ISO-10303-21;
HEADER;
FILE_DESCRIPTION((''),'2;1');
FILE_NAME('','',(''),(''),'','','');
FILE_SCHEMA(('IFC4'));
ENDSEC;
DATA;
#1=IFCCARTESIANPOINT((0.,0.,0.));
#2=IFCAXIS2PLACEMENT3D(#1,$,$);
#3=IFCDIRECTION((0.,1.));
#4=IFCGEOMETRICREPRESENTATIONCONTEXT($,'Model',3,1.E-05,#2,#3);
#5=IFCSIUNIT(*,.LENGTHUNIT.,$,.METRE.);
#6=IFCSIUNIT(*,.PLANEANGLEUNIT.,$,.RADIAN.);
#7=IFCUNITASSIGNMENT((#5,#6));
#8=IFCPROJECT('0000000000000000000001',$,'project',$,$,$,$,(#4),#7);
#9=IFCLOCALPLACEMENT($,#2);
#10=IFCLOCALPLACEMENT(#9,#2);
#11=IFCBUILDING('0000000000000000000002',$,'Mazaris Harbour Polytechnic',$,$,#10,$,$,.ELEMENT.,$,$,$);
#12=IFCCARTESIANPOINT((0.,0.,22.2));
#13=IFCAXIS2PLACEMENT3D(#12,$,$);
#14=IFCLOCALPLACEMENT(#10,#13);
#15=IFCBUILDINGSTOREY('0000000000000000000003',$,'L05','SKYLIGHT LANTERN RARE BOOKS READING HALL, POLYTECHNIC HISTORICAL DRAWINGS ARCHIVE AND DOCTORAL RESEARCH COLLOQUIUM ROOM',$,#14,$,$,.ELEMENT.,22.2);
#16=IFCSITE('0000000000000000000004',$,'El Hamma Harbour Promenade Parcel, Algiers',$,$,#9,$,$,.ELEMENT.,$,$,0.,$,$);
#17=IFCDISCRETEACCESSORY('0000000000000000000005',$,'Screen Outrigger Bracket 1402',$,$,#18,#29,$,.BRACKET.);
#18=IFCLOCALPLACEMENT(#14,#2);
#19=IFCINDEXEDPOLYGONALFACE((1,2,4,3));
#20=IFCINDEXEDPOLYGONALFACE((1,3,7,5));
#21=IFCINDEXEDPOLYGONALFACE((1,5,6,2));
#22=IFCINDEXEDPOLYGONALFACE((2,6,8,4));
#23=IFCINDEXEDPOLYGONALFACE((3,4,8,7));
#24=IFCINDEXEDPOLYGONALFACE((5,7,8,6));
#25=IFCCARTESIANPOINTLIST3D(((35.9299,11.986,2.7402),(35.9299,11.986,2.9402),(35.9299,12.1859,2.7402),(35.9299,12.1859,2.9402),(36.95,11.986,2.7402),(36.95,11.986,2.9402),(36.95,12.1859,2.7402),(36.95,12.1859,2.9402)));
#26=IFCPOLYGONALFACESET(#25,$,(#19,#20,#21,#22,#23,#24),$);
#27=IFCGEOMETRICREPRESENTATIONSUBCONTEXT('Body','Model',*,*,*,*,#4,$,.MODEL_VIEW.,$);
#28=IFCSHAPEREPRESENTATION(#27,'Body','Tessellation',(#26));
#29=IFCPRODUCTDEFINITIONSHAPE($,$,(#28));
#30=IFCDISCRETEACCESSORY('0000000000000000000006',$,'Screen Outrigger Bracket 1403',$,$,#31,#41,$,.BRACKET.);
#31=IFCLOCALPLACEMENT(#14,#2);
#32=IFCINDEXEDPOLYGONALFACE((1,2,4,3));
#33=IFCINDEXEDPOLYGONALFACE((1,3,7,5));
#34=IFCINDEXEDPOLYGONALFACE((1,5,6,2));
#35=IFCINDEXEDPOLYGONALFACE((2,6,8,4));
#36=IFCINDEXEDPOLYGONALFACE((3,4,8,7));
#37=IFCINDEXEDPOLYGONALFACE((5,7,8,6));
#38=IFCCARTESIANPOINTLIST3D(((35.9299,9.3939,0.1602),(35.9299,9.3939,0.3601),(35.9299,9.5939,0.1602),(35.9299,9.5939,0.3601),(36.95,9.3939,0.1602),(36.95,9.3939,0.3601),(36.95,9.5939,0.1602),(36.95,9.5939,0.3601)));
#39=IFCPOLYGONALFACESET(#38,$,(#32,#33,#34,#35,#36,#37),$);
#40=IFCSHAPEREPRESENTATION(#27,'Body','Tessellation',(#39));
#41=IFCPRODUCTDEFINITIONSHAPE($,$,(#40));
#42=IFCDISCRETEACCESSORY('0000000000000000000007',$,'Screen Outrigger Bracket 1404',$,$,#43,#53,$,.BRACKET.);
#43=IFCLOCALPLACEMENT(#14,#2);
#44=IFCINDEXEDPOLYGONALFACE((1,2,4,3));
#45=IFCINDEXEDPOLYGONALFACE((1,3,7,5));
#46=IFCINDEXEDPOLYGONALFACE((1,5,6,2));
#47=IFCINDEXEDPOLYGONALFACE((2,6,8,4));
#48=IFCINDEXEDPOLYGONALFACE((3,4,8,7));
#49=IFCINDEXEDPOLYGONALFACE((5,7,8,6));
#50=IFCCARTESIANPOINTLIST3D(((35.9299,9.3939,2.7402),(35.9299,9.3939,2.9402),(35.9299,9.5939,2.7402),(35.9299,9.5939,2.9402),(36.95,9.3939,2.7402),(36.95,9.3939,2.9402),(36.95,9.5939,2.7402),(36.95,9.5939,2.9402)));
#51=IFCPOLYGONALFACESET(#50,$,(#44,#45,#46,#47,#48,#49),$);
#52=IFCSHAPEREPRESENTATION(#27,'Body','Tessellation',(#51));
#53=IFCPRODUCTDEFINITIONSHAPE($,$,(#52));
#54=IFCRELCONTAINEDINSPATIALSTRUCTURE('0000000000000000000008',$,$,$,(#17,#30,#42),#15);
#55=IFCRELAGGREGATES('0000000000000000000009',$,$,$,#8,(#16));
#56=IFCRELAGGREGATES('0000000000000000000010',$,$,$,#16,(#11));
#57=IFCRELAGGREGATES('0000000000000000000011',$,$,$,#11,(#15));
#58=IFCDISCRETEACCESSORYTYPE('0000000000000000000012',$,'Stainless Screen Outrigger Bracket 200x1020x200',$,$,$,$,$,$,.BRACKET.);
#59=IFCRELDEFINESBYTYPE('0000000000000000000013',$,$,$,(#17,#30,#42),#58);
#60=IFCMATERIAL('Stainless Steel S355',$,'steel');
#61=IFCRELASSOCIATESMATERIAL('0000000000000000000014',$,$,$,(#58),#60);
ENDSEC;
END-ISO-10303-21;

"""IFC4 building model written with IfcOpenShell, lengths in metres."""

from ifc_helpers import new_model, si_unit, direction, frame, origin, origin_2d, place, context, subcontext, project, spatial, rectangle, extrude, material, type_object, element, save


model = new_model("IFC4")

# Units and contexts
model_context = context("Model", 3, precision=1e-05, world=origin(), true_north=direction((0.0, 1.0)))
body_context = subcontext(model_context, "Body", "Model", "MODEL_VIEW")
ifc_project = project(units=[si_unit("LENGTHUNIT", "METRE"), si_unit("PLANEANGLEUNIT", "RADIAN")], contexts=[model_context])

# Site, building, storey
site_placement = place(None, origin())
site = spatial("IfcSite", under=ifc_project, at=site_placement, Name="El Hamma Harbour Promenade Parcel, Algiers", CompositionType="ELEMENT", RefElevation=0.0)
building_placement = place(site_placement, origin())
building = spatial("IfcBuilding", under=site, at=building_placement, Name="Mazaris Harbour Polytechnic", CompositionType="ELEMENT")
storey_placement = place(building_placement, frame((0.0, 0.0, 22.2)))
storey = spatial("IfcBuildingStorey", under=building, at=storey_placement, Name="L05", Description="SKYLIGHT LANTERN RARE BOOKS READING HALL, POLYTECHNIC HISTORICAL DRAWINGS ARCHIVE AND DOCTORAL RESEARCH COLLOQUIUM ROOM", CompositionType="ELEMENT", Elevation=22.2)

# Discrete accessories
ifc_material_1 = material(Name="Stainless Steel S355", Category="steel")
discrete_accessory_type = type_object("IfcDiscreteAccessoryType", Name="Stainless Screen Outrigger Bracket 200x1020x200", PredefinedType="BRACKET", material=ifc_material_1)
for number, where, z_axis, x_axis, name in (
    (1, (36.4399, 12.0859, 2.7402), (0.0, 0.0, 1.0), (0.0, -1.0, 0.0), "Screen Outrigger Bracket 1402"),
    (2, (36.4399, 9.4939, 0.1602), (0.0, 0.0, 1.0), (0.0, -1.0, 0.0), "Screen Outrigger Bracket 1403"),
    (3, (36.4399, 9.4939, 2.7402), (0.0, 0.0, 1.0), (0.0, -1.0, 0.0), "Screen Outrigger Bracket 1404"),
):
    element("IfcDiscreteAccessory", number, at=place(storey_placement, frame(where, z_axis=z_axis, x_axis=x_axis)), inside=storey, type_object=discrete_accessory_type, Name=name, PredefinedType="BRACKET", context=body_context, shape_type="SweptSolid", body=[
        extrude(rectangle(XDim=0.2, YDim=1.02, at=origin_2d()), origin(), (0.0, 0.0, 1.0), 0.2),
    ])

save(model, "model.ifc")
